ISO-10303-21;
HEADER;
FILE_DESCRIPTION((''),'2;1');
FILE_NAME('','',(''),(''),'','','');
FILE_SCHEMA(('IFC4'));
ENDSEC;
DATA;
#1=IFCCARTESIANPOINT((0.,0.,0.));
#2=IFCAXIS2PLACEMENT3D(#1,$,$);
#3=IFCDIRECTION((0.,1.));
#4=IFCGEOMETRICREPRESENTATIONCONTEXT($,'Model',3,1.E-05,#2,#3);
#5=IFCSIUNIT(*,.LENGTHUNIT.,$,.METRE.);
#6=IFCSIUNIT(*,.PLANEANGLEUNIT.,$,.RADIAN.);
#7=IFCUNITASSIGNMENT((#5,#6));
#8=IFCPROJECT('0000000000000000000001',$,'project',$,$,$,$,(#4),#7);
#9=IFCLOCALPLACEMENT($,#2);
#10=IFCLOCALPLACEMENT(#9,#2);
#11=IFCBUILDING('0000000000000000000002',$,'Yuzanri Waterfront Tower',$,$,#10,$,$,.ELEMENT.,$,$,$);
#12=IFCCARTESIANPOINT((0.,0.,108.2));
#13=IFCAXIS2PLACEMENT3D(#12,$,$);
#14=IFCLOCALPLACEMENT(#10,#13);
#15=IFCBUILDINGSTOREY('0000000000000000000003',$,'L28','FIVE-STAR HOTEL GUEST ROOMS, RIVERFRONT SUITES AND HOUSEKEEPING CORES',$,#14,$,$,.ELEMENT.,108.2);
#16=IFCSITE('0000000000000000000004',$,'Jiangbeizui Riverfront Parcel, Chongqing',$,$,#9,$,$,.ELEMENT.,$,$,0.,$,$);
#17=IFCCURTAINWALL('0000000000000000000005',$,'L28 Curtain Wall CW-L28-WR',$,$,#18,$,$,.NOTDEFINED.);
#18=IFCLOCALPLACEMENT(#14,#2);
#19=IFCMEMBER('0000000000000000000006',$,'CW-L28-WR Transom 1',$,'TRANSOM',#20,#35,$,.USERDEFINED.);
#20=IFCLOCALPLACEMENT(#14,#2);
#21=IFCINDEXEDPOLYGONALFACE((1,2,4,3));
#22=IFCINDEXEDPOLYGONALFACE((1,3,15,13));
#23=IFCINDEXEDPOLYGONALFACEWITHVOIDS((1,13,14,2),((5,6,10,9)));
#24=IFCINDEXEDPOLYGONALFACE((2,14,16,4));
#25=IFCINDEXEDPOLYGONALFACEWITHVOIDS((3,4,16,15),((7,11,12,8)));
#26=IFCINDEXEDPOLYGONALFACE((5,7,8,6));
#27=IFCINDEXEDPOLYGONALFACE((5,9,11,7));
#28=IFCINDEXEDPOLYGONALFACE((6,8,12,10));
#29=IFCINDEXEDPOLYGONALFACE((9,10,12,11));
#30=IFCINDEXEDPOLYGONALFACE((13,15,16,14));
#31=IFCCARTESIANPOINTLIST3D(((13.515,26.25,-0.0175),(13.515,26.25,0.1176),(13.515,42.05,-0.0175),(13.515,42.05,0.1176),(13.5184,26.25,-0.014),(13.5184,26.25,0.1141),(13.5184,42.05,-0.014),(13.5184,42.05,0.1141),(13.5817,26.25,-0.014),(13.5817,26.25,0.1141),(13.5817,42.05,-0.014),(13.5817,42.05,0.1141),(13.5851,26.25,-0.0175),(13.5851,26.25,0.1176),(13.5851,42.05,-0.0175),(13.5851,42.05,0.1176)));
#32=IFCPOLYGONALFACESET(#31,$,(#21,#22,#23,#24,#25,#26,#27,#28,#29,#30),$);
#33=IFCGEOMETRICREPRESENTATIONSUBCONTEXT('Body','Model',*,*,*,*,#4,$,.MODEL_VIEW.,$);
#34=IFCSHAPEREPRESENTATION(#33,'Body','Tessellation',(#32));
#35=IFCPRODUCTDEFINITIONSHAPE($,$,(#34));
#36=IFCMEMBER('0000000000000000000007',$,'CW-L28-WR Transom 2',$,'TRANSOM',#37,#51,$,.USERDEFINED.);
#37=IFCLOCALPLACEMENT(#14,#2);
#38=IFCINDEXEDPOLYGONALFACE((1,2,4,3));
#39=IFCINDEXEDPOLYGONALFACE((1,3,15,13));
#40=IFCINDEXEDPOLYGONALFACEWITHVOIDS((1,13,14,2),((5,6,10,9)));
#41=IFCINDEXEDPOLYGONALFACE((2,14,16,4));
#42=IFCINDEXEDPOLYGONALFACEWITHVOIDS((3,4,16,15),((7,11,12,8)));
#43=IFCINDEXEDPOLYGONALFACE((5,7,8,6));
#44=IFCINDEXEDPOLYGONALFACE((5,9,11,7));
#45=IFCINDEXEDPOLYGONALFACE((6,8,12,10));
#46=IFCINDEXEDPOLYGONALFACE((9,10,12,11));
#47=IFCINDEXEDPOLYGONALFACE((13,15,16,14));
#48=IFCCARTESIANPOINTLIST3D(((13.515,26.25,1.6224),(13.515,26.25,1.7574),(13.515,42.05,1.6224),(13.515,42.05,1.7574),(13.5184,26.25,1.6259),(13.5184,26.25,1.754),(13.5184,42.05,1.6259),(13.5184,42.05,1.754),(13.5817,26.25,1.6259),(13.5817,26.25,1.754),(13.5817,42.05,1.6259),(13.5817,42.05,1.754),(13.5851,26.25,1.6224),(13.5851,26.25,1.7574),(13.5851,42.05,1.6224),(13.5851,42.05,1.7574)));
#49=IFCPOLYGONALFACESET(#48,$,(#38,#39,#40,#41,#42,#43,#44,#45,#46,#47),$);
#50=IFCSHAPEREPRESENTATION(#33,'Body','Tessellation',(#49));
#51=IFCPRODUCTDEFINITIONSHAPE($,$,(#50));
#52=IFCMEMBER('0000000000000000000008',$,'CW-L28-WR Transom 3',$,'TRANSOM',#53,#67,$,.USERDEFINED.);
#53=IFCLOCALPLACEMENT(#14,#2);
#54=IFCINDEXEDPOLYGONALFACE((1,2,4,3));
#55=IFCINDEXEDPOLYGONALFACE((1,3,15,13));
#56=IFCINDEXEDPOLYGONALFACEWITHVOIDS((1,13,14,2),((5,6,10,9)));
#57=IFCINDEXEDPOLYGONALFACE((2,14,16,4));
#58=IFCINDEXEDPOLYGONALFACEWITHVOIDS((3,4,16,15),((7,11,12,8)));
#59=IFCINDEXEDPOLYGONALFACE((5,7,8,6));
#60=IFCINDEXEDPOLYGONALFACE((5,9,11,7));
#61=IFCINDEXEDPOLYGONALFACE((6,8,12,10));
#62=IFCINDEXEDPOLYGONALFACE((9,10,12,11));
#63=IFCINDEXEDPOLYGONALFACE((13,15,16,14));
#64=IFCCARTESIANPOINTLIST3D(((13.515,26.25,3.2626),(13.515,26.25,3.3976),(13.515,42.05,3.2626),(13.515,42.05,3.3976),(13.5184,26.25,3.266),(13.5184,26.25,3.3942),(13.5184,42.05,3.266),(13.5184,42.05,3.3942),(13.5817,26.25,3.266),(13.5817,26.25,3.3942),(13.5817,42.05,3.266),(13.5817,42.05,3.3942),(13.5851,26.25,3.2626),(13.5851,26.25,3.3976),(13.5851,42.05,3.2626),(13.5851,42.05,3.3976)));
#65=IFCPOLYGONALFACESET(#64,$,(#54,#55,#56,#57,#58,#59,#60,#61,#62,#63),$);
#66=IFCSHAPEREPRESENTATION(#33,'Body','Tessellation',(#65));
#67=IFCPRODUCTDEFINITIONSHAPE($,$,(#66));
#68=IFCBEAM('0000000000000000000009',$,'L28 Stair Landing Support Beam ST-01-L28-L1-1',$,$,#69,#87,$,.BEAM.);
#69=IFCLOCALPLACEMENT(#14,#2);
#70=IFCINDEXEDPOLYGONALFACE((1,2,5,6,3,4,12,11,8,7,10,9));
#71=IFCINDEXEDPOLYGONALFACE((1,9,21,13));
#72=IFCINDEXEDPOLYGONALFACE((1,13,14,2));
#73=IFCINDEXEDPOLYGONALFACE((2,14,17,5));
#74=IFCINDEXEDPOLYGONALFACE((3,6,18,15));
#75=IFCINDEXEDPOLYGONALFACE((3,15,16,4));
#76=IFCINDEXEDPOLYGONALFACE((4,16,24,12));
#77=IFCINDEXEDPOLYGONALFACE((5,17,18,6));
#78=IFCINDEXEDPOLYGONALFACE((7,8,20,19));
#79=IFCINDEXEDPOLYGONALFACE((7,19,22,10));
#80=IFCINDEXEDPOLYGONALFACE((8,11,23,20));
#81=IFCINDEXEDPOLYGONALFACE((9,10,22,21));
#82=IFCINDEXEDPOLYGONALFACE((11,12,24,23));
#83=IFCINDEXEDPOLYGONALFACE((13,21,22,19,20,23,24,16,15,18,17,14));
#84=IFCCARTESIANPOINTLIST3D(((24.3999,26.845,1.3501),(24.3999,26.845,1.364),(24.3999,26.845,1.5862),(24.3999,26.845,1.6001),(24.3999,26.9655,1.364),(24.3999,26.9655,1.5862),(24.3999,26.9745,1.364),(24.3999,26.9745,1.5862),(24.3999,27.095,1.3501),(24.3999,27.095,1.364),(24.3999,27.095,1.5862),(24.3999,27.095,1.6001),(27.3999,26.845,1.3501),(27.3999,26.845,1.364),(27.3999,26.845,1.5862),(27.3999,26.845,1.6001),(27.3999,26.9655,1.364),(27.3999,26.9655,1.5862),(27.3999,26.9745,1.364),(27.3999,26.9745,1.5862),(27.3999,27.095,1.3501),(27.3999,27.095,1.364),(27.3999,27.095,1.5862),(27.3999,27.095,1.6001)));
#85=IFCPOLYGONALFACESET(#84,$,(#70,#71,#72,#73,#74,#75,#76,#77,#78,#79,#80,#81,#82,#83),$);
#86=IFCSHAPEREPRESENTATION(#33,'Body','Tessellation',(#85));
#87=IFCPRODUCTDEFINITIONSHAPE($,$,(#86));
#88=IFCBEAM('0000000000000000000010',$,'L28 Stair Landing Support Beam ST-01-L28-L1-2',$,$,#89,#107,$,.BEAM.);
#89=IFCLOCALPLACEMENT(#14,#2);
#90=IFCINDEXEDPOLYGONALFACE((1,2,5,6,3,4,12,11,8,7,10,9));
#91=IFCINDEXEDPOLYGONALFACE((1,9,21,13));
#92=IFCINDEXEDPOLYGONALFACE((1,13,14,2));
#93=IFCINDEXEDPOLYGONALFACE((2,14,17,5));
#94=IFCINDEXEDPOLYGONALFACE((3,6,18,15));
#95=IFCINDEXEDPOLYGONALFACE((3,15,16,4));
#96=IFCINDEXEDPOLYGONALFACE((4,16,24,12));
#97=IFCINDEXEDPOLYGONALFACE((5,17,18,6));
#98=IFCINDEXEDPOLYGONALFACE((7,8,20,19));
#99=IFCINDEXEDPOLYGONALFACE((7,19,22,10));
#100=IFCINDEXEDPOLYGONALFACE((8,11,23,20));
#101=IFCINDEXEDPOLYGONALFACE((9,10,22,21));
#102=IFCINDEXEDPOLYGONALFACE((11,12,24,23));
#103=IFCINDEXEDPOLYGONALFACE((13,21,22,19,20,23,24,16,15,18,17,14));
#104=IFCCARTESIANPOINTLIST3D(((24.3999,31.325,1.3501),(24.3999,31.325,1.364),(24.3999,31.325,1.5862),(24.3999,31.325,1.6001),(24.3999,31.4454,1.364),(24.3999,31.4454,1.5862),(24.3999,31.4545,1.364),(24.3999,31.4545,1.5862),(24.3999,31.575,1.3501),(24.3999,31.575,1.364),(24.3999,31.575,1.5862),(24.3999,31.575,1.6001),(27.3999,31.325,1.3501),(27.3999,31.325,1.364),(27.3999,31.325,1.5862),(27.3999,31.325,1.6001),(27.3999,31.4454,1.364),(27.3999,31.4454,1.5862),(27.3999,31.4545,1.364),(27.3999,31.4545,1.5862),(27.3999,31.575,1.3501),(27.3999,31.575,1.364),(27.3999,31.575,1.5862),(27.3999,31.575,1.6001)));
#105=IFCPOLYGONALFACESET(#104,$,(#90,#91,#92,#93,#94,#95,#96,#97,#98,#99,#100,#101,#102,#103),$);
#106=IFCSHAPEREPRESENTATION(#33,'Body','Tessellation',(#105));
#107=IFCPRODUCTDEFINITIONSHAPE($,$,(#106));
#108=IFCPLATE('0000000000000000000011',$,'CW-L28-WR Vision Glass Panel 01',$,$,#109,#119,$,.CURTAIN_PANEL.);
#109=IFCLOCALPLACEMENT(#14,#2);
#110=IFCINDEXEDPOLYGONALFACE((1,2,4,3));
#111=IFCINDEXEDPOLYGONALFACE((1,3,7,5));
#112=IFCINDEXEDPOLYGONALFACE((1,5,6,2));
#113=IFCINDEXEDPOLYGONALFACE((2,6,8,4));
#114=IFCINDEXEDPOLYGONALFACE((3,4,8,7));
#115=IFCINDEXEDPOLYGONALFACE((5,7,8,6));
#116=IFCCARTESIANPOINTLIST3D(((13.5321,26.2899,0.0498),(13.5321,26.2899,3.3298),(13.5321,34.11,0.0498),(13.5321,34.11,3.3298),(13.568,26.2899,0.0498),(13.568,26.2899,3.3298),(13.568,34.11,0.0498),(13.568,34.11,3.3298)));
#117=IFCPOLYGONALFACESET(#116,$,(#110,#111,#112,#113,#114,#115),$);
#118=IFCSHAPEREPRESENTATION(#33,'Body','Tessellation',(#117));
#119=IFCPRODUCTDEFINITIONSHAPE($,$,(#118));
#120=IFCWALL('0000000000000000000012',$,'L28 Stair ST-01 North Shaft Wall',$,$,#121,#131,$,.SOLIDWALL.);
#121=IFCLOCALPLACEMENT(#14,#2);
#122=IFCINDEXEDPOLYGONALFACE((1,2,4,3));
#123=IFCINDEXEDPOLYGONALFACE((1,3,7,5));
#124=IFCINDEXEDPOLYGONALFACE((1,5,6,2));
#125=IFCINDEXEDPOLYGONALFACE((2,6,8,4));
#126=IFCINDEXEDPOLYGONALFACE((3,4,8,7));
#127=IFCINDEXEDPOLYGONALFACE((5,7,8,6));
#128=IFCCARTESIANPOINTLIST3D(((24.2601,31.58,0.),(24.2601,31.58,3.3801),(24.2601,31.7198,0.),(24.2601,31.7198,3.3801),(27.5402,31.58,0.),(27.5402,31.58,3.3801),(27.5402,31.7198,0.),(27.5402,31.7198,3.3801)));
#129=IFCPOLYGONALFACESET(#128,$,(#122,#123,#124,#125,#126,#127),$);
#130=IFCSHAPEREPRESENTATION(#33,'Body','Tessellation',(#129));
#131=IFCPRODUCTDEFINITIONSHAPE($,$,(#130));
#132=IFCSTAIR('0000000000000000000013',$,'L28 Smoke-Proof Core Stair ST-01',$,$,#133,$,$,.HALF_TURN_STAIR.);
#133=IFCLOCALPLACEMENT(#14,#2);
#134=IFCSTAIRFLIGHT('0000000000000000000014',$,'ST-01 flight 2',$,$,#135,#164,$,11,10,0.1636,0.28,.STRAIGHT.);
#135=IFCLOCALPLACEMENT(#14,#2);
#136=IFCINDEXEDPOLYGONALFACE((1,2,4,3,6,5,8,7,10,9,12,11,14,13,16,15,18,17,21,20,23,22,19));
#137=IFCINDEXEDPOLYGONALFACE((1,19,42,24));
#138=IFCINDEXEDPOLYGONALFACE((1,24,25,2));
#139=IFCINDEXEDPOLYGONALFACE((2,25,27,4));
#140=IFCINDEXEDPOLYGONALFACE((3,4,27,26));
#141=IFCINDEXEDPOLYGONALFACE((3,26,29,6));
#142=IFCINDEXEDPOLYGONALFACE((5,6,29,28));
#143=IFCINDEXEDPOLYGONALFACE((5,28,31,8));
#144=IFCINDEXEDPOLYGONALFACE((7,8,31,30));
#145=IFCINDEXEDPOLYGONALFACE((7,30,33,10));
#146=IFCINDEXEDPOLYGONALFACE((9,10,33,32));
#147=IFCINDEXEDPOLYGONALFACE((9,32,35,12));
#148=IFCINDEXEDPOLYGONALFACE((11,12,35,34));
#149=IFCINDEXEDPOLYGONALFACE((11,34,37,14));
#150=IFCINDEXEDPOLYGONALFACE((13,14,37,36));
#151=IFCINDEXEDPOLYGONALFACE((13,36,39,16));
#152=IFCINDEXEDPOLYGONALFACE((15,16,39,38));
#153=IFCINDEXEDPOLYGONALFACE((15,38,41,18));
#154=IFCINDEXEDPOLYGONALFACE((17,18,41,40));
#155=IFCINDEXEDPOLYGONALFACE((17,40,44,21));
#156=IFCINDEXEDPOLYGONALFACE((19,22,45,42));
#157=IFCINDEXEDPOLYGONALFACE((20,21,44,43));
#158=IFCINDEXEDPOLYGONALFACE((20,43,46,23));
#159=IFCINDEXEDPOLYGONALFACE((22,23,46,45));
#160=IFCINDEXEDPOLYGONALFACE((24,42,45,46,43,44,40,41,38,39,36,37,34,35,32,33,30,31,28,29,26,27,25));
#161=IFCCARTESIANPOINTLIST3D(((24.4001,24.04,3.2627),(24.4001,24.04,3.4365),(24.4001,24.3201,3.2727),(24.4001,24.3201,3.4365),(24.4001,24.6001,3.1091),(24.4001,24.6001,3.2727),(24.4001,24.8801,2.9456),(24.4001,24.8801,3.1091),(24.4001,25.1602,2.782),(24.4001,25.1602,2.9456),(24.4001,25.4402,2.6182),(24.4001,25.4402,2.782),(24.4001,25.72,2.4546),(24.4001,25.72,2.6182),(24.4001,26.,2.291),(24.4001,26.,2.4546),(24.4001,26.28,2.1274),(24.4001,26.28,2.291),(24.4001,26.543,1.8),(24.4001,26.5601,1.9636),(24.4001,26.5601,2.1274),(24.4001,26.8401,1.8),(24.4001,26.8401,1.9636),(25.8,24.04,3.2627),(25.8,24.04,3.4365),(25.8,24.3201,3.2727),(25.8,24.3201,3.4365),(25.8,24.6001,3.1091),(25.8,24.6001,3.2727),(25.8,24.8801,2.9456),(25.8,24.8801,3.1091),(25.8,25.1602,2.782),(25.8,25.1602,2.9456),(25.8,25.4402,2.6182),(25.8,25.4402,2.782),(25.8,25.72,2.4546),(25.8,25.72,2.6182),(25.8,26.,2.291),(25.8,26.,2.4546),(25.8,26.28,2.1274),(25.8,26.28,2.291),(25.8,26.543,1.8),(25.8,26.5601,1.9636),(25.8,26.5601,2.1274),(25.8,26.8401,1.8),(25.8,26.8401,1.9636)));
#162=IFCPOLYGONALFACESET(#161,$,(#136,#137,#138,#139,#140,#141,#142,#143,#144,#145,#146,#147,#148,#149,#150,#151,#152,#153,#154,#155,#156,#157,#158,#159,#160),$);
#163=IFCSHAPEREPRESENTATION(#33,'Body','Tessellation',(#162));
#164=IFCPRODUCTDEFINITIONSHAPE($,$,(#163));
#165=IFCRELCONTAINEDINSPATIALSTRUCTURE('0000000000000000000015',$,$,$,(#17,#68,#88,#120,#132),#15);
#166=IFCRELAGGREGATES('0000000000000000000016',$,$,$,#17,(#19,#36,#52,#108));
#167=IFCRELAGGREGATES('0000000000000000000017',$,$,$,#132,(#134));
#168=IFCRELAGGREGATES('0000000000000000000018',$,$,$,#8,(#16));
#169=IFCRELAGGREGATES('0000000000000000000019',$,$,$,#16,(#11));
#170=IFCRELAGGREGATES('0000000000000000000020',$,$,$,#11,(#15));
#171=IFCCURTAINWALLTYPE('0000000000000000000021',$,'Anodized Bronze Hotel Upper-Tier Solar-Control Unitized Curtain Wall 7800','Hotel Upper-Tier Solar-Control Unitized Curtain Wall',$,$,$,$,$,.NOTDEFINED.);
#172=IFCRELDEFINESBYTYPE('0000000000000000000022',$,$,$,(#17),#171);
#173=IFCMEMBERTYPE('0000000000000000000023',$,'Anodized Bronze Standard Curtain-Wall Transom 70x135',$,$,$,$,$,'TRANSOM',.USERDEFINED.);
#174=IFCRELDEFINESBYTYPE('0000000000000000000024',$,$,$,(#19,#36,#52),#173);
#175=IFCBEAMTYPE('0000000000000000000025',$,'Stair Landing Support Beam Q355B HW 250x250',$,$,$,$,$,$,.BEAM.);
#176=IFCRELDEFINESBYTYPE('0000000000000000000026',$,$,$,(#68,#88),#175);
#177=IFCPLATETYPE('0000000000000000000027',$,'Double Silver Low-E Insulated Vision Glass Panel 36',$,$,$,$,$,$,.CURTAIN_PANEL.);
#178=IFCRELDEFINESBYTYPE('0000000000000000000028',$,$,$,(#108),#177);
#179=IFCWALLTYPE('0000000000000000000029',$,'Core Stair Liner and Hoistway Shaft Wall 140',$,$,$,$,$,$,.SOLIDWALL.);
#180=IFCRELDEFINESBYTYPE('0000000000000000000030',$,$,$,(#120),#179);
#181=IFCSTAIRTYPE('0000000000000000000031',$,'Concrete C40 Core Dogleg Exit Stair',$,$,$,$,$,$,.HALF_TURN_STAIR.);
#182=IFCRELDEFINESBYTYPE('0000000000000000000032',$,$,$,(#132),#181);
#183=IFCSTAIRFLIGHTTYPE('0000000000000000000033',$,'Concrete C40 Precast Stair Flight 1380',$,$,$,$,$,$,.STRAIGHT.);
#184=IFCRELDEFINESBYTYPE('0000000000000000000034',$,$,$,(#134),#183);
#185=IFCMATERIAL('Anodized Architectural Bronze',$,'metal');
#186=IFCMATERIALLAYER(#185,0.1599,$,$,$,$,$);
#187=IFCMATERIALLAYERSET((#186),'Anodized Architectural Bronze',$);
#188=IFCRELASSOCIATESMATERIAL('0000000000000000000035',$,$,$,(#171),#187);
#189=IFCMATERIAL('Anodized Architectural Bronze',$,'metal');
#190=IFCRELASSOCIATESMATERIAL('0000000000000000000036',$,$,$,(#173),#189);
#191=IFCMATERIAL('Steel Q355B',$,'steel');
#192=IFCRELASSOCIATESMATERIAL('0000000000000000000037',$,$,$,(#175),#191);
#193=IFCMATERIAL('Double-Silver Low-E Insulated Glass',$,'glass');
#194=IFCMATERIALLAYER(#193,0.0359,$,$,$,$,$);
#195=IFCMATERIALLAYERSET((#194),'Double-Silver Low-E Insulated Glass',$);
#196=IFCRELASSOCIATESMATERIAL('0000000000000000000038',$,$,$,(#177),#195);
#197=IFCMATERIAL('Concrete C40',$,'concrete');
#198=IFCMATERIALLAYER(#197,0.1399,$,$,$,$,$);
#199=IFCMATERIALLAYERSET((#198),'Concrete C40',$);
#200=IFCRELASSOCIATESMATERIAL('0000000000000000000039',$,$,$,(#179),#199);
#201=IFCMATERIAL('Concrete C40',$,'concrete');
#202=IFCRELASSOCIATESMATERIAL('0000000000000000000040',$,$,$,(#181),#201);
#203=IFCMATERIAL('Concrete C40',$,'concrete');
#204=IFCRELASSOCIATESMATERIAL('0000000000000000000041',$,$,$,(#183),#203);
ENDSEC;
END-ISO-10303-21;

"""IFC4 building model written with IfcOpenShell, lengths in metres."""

from ifc_helpers import new_model, si_unit, direction, frame, frame_2d, origin, origin_2d, place, context, subcontext, project, spatial, polyline, rectangle, hollow_rectangle, i_section, outline, extrude, source, transform, mapped, material, layer, layer_set, material_profile, profile_set, type_object, element, aggregate, save


model = new_model("IFC4")

# Units and contexts
model_context = context("Model", 3, precision=1e-05, world=origin(), true_north=direction((0.0, 1.0)))
body_context = subcontext(model_context, "Body", "Model", "MODEL_VIEW")
ifc_project = project(units=[si_unit("LENGTHUNIT", "METRE"), si_unit("PLANEANGLEUNIT", "RADIAN")], contexts=[model_context])

# Site, building, storey
site_placement = place(None, origin())
site = spatial("IfcSite", under=ifc_project, at=site_placement, Name="Jiangbeizui Riverfront Parcel, Chongqing", CompositionType="ELEMENT", RefElevation=0.0)
building_placement = place(site_placement, origin())
building = spatial("IfcBuilding", under=site, at=building_placement, Name="Yuzanri Waterfront Tower", CompositionType="ELEMENT")
storey_placement = place(building_placement, frame((0.0, 0.0, 108.2)))
storey = spatial("IfcBuildingStorey", under=building, at=storey_placement, Name="L28", Description="FIVE-STAR HOTEL GUEST ROOMS, RIVERFRONT SUITES AND HOUSEKEEPING CORES", CompositionType="ELEMENT", Elevation=108.2)

# Curtain wall, members
ifc_material_1 = material(Name="Anodized Architectural Bronze", Category="metal")
ifc_layer_1 = layer(ifc_material_1, 0.1599)
ifc_layer_set_1 = layer_set([ifc_layer_1], Name="Anodized Architectural Bronze")
curtain_wall_type = type_object("IfcCurtainWallType", Name="Anodized Bronze Hotel Upper-Tier Solar-Control Unitized Curtain Wall 7800", Description="Hotel Upper-Tier Solar-Control Unitized Curtain Wall", PredefinedType="NOTDEFINED", material=ifc_layer_set_1)
curtain_wall_1_placement = place(storey_placement, origin())
curtain_wall_1 = element("IfcCurtainWall", 1, at=curtain_wall_1_placement, inside=storey, type_object=curtain_wall_type, Name="L28 Curtain Wall CW-L28-WR", PredefinedType="NOTDEFINED")
ifc_material_2 = material(Name="Anodized Architectural Bronze", Category="metal")
ifc_material_profile_1 = material_profile(ifc_material_2, hollow_rectangle(XDim=0.0701, YDim=0.135, WallThickness=0.0034, at=origin_2d()), Name="CWT 70x135")
ifc_profile_set_1 = profile_set([ifc_material_profile_1], Name="Anodized Architectural Bronze")
member_type_1 = type_object("IfcMemberType", Name="Anodized Bronze Standard Curtain-Wall Transom 70x135", ElementType="TRANSOM", PredefinedType="USERDEFINED", material=ifc_profile_set_1)
shared_shape_1 = source(origin(), body_context, "Body", "SweptSolid", [
    extrude(hollow_rectangle(XDim=0.0701, YDim=0.135, WallThickness=0.0034, at=origin_2d()), origin(), (0.0, 0.0, 1.0), 15.8),
])
member_1_placement = place(storey_placement, frame((13.55, 26.25, 0.05), z_axis=(0.0, 1.0, 0.0), x_axis=(-1.0, 0.0, 0.0)))
member_1 = element("IfcMember", 2, at=member_1_placement, type_object=member_type_1, Name="CW-L28-WR Transom 1", ObjectType="TRANSOM", PredefinedType="USERDEFINED", context=body_context, shape_type="MappedRepresentation", body=[
    mapped(shared_shape_1, transform((0.0, 0.0, 0.0), scale=1.0)),
])
member_2_placement = place(storey_placement, frame((13.55, 26.25, 1.6899), z_axis=(0.0, 1.0, 0.0), x_axis=(-1.0, 0.0, 0.0)))
member_2 = element("IfcMember", 3, at=member_2_placement, type_object=member_type_1, Name="CW-L28-WR Transom 2", ObjectType="TRANSOM", PredefinedType="USERDEFINED", context=body_context, shape_type="MappedRepresentation", body=[
    mapped(shared_shape_1, transform((0.0, 0.0, 0.0), scale=1.0)),
])
member_3_placement = place(storey_placement, frame((13.55, 26.25, 3.3301), z_axis=(0.0, 1.0, 0.0), x_axis=(-1.0, 0.0, 0.0)))
member_3 = element("IfcMember", 4, at=member_3_placement, type_object=member_type_1, Name="CW-L28-WR Transom 3", ObjectType="TRANSOM", PredefinedType="USERDEFINED", context=body_context, shape_type="MappedRepresentation", body=[
    mapped(shared_shape_1, transform((0.0, 0.0, 0.0), scale=1.0)),
])

# Beams
ifc_material_3 = material(Name="Steel Q355B", Category="steel")
ifc_material_profile_2 = material_profile(ifc_material_3, i_section(OverallWidth=0.25, OverallDepth=0.25, WebThickness=0.009, FlangeThickness=0.0139, at=origin_2d()), Name="HW 250x250x9x14")
ifc_profile_set_2 = profile_set([ifc_material_profile_2], Name="Steel Q355B")
beam_type_1 = type_object("IfcBeamType", Name="Stair Landing Support Beam Q355B HW 250x250", PredefinedType="BEAM", material=ifc_profile_set_2)
shared_shape_2 = source(origin(), body_context, "Body", "SweptSolid", [
    extrude(i_section(OverallWidth=0.25, OverallDepth=0.25, WebThickness=0.009, FlangeThickness=0.0139, at=origin_2d()), origin(), (0.0, 0.0, 1.0), 3.0),
])
for number, where, z_axis, x_axis, name in (
    (5, (24.3999, 26.97, 1.4751), (1.0, 0.0, 0.0), (0.0, 1.0, 0.0), "L28 Stair Landing Support Beam ST-01-L28-L1-1"),
    (6, (24.3999, 31.45, 1.4751), (1.0, 0.0, 0.0), (0.0, 1.0, 0.0), "L28 Stair Landing Support Beam ST-01-L28-L1-2"),
):
    element("IfcBeam", number, at=place(storey_placement, frame(where, z_axis=z_axis, x_axis=x_axis)), inside=storey, type_object=beam_type_1, Name=name, PredefinedType="BEAM", context=body_context, shape_type="MappedRepresentation", body=[
        mapped(shared_shape_2, transform((0.0, 0.0, 0.0), scale=1.0)),
    ])

# Plate
ifc_material_4 = material(Name="Double-Silver Low-E Insulated Glass", Category="glass")
ifc_layer_2 = layer(ifc_material_4, 0.0359)
ifc_layer_set_2 = layer_set([ifc_layer_2], Name="Double-Silver Low-E Insulated Glass")
plate_type = type_object("IfcPlateType", Name="Double Silver Low-E Insulated Vision Glass Panel 36", PredefinedType="CURTAIN_PANEL", material=ifc_layer_set_2)
shared_shape_3 = source(origin(), body_context, "Body", "SweptSolid", [
    extrude(rectangle(XDim=7.8201, YDim=0.0359, at=origin_2d()), origin(), (0.0, 0.0, 1.0), 3.28),
])
plate_placement = place(storey_placement, frame((13.55, 30.2, 0.0498), z_axis=(0.0, 0.0, 1.0), x_axis=(0.0, 1.0, 0.0)))
plate = element("IfcPlate", 7, at=plate_placement, type_object=plate_type, Name="CW-L28-WR Vision Glass Panel 01", PredefinedType="CURTAIN_PANEL", context=body_context, shape_type="MappedRepresentation", body=[
    mapped(shared_shape_3, transform((0.0, 0.0, 0.0), scale=1.0)),
])
aggregate(curtain_wall_1, [member_1, member_2, member_3, plate])

# Wall
ifc_material_5 = material(Name="Concrete C40", Category="concrete")
ifc_layer_3 = layer(ifc_material_5, 0.1399)
ifc_layer_set_3 = layer_set([ifc_layer_3], Name="Concrete C40")
wall_type_1 = type_object("IfcWallType", Name="Core Stair Liner and Hoistway Shaft Wall 140", PredefinedType="SOLIDWALL", material=ifc_layer_set_3)
shared_shape_4 = source(origin(), body_context, "Body", "SweptSolid", [
    extrude(rectangle(XDim=3.28, YDim=0.1399, at=frame_2d((1.6401, 0.0))), origin(), (0.0, 0.0, 1.0), 3.3801),
])
wall_1_placement = place(storey_placement, frame((24.26, 31.6499, 0.0), z_axis=(0.0, 0.0, 1.0), x_axis=(1.0, 0.0, 0.0)))
element("IfcWall", 8, at=wall_1_placement, inside=storey, type_object=wall_type_1, Name="L28 Stair ST-01 North Shaft Wall", PredefinedType="SOLIDWALL", context=body_context, shape_type="MappedRepresentation", body=[
    mapped(shared_shape_4, transform((0.0, 0.0, 0.0), scale=1.0)),
])

# Stair, stair flight
ifc_material_6 = material(Name="Concrete C40", Category="concrete")
stair_type = type_object("IfcStairType", Name="Concrete C40 Core Dogleg Exit Stair", PredefinedType="HALF_TURN_STAIR", material=ifc_material_6)
stair_placement = place(storey_placement, origin())
stair = element("IfcStair", 9, at=stair_placement, inside=storey, type_object=stair_type, Name="L28 Smoke-Proof Core Stair ST-01", PredefinedType="HALF_TURN_STAIR")
ifc_material_7 = material(Name="Concrete C40", Category="concrete")
stair_flight_type = type_object("IfcStairFlightType", Name="Concrete C40 Precast Stair Flight 1380", PredefinedType="STRAIGHT", material=ifc_material_7)
shared_shape_5 = source(origin(), body_context, "Body", "SweptSolid", [
    extrude(outline(polyline([(0.0, 0.0), (0.0, 0.1636), (0.28, 0.1636), (0.28, 0.3274), (0.5601, 0.3274), (0.5601, 0.491), (0.8401, 0.491), (0.8401, 0.6545), (1.1201, 0.6545), (1.1201, 0.8181), (1.3999, 0.8181), (1.3999, 0.9819), (1.6799, 0.9819), (1.6799, 1.1455), (1.96, 1.1455), (1.96, 1.3091), (2.24, 1.3091), (2.24, 1.4727), (2.52, 1.4727), (2.52, 1.6365), (2.8, 1.6365), (2.8, 1.8), (2.8, 1.4626), (0.2971, 0.0), (0.0, 0.0)])), frame((0.0, 0.7, 0.0), z_axis=(0.0, -1.0, 0.0), x_axis=(1.0, 0.0, 0.0)), (0.0, 0.0, 1.0), 1.3999),
])
stair_flight_placement = place(storey_placement, frame((25.1001, 26.8401, 1.8), z_axis=(0.0, 0.0, 1.0), x_axis=(0.0, -1.0, 0.0)))
stair_flight = element("IfcStairFlight", 10, at=stair_flight_placement, type_object=stair_flight_type, Name="ST-01 flight 2", NumberOfRisers=11, NumberOfTreads=10, PredefinedType="STRAIGHT", RiserHeight=0.1636, TreadLength=0.28, context=body_context, shape_type="MappedRepresentation", body=[
    mapped(shared_shape_5, transform((0.0, 0.0, 0.0), scale=1.0)),
])
aggregate(stair, [stair_flight])

save(model, "model.ifc")
